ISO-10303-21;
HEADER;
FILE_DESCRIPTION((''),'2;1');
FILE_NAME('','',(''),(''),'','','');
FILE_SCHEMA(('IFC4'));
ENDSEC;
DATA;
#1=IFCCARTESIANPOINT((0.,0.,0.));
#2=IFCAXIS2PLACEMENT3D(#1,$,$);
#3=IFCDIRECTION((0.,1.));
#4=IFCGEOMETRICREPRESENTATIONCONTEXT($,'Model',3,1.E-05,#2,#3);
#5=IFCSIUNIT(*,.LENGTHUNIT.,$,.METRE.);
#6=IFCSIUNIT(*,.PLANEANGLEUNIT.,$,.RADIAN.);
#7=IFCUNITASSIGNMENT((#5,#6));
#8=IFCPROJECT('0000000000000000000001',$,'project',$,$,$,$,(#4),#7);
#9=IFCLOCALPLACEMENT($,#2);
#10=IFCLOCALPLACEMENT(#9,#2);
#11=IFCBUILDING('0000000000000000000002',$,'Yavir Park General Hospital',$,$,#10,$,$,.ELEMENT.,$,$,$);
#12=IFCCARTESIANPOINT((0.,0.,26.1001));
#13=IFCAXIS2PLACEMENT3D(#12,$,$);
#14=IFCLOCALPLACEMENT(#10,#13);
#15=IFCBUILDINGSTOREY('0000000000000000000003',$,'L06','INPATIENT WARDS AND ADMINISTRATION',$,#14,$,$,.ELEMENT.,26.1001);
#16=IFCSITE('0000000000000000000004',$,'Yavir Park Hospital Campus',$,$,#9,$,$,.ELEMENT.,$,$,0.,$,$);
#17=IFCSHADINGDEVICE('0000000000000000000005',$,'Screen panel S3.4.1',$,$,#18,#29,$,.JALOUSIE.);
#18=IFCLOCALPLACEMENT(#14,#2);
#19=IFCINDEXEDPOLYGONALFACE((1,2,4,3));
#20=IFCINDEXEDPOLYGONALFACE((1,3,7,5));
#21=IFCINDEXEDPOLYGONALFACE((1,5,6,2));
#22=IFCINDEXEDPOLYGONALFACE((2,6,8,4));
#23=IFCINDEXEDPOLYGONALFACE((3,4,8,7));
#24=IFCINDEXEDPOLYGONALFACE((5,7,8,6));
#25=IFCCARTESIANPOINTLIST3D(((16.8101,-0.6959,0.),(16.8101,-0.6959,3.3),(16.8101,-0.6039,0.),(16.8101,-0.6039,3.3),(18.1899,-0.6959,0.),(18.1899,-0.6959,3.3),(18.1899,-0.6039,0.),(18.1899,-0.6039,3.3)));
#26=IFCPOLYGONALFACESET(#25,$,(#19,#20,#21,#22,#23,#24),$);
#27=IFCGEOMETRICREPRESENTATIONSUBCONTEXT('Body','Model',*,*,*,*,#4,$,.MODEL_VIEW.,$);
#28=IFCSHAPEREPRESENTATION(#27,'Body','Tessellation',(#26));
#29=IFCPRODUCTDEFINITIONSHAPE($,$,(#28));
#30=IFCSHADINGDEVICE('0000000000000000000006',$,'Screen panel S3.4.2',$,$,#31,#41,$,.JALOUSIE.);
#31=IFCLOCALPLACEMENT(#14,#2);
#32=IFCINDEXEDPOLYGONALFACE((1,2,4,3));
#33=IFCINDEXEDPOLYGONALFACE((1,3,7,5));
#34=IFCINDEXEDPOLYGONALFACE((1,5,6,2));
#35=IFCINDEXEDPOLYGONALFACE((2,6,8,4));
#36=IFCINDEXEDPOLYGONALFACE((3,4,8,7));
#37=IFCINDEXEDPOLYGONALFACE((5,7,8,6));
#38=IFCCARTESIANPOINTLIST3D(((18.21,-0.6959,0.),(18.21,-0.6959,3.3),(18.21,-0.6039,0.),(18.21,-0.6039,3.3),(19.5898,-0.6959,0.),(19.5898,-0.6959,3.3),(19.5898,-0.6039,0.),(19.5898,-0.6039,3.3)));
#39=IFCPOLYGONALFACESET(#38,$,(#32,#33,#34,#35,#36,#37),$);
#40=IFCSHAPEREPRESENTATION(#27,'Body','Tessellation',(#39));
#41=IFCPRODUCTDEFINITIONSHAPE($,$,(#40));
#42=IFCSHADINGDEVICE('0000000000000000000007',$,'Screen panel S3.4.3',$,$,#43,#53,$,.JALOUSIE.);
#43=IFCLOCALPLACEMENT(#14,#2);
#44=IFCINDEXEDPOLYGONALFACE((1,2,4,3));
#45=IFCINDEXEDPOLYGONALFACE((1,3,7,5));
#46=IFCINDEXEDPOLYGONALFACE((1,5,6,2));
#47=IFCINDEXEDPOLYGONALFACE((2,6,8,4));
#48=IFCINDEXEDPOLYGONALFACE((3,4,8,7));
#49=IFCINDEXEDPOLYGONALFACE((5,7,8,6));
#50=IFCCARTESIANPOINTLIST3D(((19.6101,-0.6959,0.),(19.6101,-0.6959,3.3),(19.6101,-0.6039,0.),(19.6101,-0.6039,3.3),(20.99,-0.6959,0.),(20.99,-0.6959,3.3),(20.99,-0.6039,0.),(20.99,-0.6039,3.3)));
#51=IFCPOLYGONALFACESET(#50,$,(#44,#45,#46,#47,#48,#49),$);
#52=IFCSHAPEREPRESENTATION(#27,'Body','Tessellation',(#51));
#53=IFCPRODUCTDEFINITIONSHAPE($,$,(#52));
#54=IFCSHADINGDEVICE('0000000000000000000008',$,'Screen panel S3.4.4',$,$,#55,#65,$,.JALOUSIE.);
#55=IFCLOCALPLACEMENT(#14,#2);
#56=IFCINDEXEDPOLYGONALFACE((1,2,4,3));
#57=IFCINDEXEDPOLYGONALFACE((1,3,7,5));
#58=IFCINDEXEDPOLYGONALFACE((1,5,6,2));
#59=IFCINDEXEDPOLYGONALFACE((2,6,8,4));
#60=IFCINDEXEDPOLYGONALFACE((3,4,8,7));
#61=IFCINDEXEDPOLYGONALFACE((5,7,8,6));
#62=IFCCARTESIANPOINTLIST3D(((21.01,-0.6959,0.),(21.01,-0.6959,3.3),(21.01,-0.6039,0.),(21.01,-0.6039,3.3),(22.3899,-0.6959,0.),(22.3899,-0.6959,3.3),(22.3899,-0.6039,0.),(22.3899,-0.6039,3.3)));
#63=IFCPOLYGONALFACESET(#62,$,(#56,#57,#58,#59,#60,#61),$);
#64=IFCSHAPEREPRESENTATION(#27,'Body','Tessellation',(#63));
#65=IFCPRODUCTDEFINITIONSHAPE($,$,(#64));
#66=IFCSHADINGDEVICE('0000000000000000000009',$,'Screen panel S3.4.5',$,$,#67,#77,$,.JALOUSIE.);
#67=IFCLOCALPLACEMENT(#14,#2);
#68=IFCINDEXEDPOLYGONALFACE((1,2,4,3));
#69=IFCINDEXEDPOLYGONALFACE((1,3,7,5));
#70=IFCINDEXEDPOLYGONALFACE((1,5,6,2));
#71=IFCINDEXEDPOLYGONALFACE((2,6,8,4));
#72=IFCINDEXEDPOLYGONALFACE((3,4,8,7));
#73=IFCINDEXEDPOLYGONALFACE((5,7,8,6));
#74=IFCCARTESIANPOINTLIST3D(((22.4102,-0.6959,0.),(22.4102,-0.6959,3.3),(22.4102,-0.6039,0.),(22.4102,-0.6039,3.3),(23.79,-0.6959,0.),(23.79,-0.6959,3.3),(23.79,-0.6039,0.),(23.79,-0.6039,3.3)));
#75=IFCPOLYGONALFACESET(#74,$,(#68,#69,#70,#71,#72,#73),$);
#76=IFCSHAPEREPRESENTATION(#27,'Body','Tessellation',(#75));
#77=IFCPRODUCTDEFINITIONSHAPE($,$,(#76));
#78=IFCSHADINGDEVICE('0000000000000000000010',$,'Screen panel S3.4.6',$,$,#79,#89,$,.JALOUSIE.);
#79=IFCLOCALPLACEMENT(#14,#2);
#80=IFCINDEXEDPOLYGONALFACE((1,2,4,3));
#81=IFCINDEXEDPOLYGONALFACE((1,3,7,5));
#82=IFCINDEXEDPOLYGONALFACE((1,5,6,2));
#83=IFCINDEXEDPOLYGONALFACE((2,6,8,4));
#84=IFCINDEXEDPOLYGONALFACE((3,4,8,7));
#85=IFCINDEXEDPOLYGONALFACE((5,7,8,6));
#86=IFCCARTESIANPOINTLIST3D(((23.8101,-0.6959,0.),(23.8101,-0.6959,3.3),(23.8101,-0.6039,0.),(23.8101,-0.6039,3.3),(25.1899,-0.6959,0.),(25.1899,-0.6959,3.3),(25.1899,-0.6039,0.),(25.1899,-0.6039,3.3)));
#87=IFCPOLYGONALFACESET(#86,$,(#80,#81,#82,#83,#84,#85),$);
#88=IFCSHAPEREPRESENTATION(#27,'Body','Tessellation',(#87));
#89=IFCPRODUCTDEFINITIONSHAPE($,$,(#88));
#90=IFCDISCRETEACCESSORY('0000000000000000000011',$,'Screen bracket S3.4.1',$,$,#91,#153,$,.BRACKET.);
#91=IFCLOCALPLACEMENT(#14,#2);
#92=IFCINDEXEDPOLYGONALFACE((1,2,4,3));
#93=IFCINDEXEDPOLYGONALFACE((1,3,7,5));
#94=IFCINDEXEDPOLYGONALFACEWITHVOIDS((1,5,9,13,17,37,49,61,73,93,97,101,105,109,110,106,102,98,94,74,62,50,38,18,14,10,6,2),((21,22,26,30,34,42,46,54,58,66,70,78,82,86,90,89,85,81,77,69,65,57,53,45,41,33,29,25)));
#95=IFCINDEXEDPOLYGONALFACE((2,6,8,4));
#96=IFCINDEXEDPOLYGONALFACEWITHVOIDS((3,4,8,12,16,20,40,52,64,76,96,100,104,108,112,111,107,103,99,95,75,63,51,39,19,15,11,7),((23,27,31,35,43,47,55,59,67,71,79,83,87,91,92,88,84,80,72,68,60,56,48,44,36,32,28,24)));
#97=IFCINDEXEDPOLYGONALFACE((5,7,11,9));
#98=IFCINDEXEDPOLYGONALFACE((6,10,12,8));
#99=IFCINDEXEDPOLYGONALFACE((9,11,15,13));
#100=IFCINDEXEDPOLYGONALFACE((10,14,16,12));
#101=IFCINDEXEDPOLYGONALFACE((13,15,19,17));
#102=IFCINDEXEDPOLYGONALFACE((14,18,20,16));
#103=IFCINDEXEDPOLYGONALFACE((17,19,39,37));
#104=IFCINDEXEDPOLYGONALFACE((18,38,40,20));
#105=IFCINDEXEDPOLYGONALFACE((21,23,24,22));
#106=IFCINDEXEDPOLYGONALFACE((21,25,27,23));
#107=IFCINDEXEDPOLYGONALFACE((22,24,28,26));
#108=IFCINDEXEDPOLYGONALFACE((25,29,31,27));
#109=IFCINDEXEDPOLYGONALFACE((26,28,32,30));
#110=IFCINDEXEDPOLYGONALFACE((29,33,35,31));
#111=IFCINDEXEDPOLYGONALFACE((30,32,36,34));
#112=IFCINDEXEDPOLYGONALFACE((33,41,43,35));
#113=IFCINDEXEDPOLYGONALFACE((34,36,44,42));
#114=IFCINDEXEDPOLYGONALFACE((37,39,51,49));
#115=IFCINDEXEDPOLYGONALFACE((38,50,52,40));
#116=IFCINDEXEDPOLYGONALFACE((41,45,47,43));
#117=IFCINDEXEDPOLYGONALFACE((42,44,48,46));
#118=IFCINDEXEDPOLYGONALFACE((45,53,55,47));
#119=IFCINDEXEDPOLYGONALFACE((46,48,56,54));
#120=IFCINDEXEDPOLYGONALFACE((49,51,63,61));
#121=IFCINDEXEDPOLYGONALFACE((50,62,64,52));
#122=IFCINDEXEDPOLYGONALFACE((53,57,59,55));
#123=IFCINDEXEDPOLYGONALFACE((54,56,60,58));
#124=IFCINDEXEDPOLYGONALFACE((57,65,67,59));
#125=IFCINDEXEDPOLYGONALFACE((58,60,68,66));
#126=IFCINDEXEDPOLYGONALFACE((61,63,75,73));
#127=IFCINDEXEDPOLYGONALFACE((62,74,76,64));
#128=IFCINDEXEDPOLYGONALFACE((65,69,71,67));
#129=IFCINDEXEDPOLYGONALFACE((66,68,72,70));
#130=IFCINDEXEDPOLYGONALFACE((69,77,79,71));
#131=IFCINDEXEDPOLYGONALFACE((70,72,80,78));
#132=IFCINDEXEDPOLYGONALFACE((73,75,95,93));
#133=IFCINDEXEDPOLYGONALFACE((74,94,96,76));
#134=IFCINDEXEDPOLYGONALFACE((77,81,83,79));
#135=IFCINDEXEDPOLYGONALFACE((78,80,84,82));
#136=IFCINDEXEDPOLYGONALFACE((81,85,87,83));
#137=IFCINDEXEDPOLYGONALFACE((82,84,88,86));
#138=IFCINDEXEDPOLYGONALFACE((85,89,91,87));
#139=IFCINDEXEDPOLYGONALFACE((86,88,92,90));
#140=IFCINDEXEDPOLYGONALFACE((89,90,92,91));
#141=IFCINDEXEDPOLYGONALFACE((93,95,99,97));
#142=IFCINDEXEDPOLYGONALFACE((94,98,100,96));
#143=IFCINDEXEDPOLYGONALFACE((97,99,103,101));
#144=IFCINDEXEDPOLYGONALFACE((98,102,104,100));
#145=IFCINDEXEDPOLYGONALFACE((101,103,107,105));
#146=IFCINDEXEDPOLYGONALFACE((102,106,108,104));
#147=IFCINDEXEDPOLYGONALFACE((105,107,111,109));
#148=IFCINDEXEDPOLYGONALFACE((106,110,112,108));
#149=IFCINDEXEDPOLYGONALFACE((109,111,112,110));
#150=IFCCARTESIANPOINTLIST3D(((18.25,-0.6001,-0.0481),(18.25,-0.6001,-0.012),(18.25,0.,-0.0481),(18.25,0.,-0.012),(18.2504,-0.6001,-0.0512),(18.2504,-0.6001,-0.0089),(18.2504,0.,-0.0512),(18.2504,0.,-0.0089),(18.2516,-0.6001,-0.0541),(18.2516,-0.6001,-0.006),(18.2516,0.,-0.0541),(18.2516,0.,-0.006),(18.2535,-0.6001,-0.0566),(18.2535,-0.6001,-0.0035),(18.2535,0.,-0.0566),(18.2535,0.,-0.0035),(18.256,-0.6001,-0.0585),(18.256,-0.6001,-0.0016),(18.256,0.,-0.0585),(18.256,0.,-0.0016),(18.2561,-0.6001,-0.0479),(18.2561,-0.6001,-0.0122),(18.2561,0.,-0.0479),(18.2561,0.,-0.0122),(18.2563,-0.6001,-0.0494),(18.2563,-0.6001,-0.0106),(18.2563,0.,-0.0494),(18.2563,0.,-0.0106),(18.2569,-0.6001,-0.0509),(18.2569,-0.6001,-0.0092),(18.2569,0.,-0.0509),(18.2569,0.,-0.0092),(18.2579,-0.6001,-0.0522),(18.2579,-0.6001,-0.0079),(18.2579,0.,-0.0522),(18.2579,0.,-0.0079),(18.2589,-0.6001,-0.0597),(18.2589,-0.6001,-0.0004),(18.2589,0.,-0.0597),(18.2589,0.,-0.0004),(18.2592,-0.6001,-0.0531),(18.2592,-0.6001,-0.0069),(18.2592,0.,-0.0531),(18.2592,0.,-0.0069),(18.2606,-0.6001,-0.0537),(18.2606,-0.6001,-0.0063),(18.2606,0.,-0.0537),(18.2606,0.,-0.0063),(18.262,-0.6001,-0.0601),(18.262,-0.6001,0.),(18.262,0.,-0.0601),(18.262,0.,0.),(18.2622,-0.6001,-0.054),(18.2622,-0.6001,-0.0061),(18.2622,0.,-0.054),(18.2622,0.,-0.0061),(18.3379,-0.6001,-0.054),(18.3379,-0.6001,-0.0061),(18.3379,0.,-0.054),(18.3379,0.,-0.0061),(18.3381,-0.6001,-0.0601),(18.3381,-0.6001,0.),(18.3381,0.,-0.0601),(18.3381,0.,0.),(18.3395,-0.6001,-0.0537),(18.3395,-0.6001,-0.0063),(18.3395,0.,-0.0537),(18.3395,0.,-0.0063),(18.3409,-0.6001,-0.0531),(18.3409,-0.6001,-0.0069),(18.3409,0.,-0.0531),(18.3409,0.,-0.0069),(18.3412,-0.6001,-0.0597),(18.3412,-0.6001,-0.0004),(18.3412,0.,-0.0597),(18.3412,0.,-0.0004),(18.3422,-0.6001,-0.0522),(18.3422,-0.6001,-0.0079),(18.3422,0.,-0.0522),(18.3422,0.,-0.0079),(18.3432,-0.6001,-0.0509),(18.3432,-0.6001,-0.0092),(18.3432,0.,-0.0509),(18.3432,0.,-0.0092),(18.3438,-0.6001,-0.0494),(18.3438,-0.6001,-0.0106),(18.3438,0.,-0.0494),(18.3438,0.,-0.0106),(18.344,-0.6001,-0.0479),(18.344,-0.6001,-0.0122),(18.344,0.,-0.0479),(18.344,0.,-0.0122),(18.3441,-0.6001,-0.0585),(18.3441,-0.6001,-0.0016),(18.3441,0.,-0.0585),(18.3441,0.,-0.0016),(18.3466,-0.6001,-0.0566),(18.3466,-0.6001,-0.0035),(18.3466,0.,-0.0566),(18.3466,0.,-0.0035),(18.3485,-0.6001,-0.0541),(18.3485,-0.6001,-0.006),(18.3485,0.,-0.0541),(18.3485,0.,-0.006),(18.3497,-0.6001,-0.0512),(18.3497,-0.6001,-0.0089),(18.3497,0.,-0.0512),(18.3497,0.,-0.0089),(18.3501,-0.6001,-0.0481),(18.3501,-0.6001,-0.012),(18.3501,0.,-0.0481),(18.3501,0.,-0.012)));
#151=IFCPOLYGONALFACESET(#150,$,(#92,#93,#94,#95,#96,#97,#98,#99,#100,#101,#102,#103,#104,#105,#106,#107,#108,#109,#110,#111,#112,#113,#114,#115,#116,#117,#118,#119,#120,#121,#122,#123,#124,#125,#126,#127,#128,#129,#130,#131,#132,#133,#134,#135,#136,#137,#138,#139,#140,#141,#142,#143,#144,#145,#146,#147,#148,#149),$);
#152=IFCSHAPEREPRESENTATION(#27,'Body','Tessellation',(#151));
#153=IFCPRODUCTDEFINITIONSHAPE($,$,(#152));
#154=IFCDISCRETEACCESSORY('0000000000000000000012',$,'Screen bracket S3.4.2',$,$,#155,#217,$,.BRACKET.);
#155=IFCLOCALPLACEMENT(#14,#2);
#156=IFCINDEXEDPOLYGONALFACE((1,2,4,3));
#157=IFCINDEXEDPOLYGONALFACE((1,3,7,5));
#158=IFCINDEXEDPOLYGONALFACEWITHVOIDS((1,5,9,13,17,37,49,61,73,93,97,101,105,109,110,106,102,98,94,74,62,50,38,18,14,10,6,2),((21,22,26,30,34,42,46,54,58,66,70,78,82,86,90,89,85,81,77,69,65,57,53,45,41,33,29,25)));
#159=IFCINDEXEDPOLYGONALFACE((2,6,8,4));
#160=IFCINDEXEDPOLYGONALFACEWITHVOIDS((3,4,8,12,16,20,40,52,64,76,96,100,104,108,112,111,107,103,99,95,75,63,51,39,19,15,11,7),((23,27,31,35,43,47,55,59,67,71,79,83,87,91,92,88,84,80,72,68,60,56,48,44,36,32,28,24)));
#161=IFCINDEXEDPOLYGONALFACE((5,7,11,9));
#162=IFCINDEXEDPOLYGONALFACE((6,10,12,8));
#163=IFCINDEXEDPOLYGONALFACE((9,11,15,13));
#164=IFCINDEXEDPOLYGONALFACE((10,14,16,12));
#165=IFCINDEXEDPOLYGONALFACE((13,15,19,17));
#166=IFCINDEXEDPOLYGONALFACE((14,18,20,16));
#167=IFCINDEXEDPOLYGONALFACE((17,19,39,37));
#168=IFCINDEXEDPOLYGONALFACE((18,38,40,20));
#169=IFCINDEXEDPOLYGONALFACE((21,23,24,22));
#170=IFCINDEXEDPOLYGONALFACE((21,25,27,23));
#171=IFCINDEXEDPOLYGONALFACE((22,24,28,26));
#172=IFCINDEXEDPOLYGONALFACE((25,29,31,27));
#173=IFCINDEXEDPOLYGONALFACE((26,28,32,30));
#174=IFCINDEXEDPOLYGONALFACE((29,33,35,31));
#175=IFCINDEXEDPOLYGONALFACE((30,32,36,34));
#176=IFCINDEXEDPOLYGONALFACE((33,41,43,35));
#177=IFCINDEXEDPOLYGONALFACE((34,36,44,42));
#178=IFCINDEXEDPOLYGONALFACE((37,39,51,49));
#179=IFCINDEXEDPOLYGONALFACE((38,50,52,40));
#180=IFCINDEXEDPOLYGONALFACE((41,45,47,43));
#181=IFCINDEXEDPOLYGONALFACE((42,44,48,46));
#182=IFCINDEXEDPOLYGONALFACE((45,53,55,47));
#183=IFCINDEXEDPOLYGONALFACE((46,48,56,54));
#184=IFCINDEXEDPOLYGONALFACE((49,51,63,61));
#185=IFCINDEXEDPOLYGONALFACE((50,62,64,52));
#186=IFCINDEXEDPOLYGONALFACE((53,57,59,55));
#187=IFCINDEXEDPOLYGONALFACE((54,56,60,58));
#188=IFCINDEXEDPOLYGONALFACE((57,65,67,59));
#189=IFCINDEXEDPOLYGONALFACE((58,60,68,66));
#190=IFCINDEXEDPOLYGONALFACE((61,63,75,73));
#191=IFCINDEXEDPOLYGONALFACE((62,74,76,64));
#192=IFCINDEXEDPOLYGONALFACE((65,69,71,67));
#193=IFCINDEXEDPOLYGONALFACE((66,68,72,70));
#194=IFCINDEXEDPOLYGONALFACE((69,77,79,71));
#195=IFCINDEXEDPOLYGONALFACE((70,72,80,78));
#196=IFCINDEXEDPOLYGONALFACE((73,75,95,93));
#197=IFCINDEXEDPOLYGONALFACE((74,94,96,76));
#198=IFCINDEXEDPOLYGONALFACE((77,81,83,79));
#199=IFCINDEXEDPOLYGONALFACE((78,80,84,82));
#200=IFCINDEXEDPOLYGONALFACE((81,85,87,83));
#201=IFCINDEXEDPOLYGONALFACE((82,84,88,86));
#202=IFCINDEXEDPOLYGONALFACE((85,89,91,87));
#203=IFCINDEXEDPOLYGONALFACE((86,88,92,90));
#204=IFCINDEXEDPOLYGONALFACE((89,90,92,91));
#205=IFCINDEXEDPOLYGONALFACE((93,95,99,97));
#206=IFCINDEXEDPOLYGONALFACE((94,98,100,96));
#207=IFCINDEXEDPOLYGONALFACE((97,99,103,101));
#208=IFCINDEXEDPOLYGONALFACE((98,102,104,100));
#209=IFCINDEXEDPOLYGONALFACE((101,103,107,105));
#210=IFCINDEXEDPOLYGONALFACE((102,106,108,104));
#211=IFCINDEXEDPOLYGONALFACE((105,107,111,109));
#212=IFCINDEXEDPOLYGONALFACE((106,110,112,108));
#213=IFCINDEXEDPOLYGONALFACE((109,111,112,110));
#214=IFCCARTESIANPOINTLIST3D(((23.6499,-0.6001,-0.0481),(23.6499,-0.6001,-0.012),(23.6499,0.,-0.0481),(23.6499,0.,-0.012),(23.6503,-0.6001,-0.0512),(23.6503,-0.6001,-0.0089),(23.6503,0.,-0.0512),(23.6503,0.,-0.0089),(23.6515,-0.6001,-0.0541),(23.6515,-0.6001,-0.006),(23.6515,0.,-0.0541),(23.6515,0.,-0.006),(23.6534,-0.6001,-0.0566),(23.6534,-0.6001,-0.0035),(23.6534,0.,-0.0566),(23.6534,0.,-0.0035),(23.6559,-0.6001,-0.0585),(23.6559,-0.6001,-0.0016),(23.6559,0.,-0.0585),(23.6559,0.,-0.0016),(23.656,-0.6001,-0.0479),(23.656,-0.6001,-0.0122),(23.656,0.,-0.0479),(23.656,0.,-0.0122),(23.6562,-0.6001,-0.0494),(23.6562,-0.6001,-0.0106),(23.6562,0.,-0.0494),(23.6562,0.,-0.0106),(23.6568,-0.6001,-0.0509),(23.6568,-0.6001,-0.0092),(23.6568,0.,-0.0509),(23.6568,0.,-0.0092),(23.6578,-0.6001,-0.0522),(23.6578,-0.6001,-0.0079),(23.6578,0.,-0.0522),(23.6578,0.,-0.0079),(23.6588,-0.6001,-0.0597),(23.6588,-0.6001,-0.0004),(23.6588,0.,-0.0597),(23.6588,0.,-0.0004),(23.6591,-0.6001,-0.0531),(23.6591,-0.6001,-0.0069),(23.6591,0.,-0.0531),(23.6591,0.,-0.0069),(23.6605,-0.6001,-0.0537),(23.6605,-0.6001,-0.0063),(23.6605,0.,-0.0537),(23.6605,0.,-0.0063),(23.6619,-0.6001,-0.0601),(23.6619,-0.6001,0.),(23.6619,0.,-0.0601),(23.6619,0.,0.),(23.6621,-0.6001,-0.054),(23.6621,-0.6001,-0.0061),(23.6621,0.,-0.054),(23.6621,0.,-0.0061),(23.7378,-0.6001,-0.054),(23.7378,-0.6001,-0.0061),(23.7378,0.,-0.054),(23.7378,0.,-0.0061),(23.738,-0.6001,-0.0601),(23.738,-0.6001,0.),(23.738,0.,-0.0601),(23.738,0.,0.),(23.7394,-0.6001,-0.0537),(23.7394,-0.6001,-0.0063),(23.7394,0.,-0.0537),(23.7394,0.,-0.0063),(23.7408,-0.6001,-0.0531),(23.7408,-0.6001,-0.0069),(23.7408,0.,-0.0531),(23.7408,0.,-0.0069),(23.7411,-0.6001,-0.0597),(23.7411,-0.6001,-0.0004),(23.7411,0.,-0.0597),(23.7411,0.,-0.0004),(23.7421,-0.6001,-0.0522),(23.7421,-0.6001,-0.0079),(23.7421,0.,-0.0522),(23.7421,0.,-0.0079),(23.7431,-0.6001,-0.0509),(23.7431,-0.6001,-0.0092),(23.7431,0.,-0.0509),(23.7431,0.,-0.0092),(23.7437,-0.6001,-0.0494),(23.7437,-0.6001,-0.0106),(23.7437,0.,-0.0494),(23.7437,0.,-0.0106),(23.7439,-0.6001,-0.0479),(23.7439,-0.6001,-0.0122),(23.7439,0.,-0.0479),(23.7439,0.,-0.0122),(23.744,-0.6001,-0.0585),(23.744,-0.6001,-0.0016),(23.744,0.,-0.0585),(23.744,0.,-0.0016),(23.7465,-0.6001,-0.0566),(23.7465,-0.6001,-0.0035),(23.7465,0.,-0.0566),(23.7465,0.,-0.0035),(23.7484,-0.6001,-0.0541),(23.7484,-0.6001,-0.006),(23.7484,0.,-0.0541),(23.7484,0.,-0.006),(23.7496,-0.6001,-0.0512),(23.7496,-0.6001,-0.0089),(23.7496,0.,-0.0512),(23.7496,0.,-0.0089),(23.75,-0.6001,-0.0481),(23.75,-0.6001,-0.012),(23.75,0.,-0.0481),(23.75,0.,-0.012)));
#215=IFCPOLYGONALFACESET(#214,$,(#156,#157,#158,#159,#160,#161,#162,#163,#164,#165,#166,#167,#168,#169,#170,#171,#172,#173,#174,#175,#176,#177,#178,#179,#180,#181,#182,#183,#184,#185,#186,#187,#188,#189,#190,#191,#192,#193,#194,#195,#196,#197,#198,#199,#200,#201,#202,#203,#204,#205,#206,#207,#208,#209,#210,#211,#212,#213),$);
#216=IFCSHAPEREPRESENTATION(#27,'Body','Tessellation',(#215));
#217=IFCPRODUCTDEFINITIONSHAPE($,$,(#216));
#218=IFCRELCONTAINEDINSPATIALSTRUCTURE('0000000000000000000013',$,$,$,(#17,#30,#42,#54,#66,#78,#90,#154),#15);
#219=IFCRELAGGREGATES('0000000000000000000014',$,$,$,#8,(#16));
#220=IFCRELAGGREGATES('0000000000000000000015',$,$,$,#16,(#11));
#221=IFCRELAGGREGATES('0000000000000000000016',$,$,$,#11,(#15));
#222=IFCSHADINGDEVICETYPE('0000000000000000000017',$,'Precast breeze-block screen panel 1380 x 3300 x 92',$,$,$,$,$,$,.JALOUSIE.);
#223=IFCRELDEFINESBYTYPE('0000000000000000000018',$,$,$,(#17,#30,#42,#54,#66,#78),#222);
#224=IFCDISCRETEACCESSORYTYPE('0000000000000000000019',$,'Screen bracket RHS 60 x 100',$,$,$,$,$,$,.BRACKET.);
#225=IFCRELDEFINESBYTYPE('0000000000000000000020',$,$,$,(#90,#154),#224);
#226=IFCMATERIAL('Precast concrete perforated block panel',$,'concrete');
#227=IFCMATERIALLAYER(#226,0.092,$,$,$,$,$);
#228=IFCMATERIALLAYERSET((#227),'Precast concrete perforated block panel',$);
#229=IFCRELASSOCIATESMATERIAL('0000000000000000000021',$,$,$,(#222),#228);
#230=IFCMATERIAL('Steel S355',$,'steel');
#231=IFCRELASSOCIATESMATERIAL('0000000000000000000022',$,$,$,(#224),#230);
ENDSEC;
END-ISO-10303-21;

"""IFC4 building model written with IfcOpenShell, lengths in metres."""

from ifc_helpers import new_model, si_unit, direction, frame, origin, origin_2d, place, context, subcontext, project, spatial, rectangle, hollow_rectangle, extrude, material, layer, layer_set, material_profile, profile_set, type_object, element, save


model = new_model("IFC4")

# Units and contexts
model_context = context("Model", 3, precision=1e-05, world=origin(), true_north=direction((0.0, 1.0)))
body_context = subcontext(model_context, "Body", "Model", "MODEL_VIEW")
ifc_project = project(units=[si_unit("LENGTHUNIT", "METRE"), si_unit("PLANEANGLEUNIT", "RADIAN")], contexts=[model_context])

# Site, building, storey
site_placement = place(None, origin())
site = spatial("IfcSite", under=ifc_project, at=site_placement, Name="Yavir Park Hospital Campus", CompositionType="ELEMENT", RefElevation=0.0)
building_placement = place(site_placement, origin())
building = spatial("IfcBuilding", under=site, at=building_placement, Name="Yavir Park General Hospital", CompositionType="ELEMENT")
storey_placement = place(building_placement, frame((0.0, 0.0, 26.1001)))
storey = spatial("IfcBuildingStorey", under=building, at=storey_placement, Name="L06", Description="INPATIENT WARDS AND ADMINISTRATION", CompositionType="ELEMENT", Elevation=26.1001)

# Shading devices
ifc_material_1 = material(Name="Precast concrete perforated block panel", Category="concrete")
ifc_layer_1 = layer(ifc_material_1, 0.092)
ifc_layer_set_1 = layer_set([ifc_layer_1], Name="Precast concrete perforated block panel")
shading_device_type = type_object("IfcShadingDeviceType", Name="Precast breeze-block screen panel 1380 x 3300 x 92", PredefinedType="JALOUSIE", material=ifc_layer_set_1)
for number, where, z_axis, x_axis, name in (
    (1, (17.5, -0.6499, 0.0), (0.0, 0.0, 1.0), (1.0, 0.0, 0.0), "Screen panel S3.4.1"),
    (2, (18.8999, -0.6499, 0.0), (0.0, 0.0, 1.0), (1.0, 0.0, 0.0), "Screen panel S3.4.2"),
    (3, (20.3, -0.6499, 0.0), (0.0, 0.0, 1.0), (1.0, 0.0, 0.0), "Screen panel S3.4.3"),
    (4, (21.7, -0.6499, 0.0), (0.0, 0.0, 1.0), (1.0, 0.0, 0.0), "Screen panel S3.4.4"),
    (5, (23.1001, -0.6499, 0.0), (0.0, 0.0, 1.0), (1.0, 0.0, 0.0), "Screen panel S3.4.5"),
    (6, (24.5, -0.6499, 0.0), (0.0, 0.0, 1.0), (1.0, 0.0, 0.0), "Screen panel S3.4.6"),
):
    element("IfcShadingDevice", number, at=place(storey_placement, frame(where, z_axis=z_axis, x_axis=x_axis)), inside=storey, type_object=shading_device_type, Name=name, PredefinedType="JALOUSIE", context=body_context, shape_type="SweptSolid", body=[
        extrude(rectangle(XDim=1.3799, YDim=0.092, at=origin_2d()), origin(), (0.0, 0.0, 1.0), 3.3),
    ])

# Discrete accessories
ifc_material_2 = material(Name="Steel S355", Category="steel")
ifc_material_profile_1 = material_profile(ifc_material_2, hollow_rectangle(XDim=0.1001, YDim=0.0601, WallThickness=0.0061, InnerFilletRadius=0.0061, OuterFilletRadius=0.012, at=origin_2d()), Name="RHS60x100x6")
ifc_profile_set_1 = profile_set([ifc_material_profile_1], Name="Steel S355")
discrete_accessory_type_1 = type_object("IfcDiscreteAccessoryType", Name="Screen bracket RHS 60 x 100", PredefinedType="BRACKET", material=ifc_profile_set_1)
for number, where, z_axis, x_axis, name in (
    (7, (18.3, 0.0, -0.03), (0.0, -1.0, 0.0), (1.0, 0.0, 0.0), "Screen bracket S3.4.1"),
    (8, (23.7, 0.0, -0.03), (0.0, -1.0, 0.0), (1.0, 0.0, 0.0), "Screen bracket S3.4.2"),
):
    element("IfcDiscreteAccessory", number, at=place(storey_placement, frame(where, z_axis=z_axis, x_axis=x_axis)), inside=storey, type_object=discrete_accessory_type_1, Name=name, PredefinedType="BRACKET", context=body_context, shape_type="SweptSolid", body=[
        extrude(hollow_rectangle(XDim=0.1001, YDim=0.0601, WallThickness=0.0061, InnerFilletRadius=0.0061, OuterFilletRadius=0.012, at=origin_2d()), origin(), (0.0, 0.0, 1.0), 0.6001),
    ])

save(model, "model.ifc")
